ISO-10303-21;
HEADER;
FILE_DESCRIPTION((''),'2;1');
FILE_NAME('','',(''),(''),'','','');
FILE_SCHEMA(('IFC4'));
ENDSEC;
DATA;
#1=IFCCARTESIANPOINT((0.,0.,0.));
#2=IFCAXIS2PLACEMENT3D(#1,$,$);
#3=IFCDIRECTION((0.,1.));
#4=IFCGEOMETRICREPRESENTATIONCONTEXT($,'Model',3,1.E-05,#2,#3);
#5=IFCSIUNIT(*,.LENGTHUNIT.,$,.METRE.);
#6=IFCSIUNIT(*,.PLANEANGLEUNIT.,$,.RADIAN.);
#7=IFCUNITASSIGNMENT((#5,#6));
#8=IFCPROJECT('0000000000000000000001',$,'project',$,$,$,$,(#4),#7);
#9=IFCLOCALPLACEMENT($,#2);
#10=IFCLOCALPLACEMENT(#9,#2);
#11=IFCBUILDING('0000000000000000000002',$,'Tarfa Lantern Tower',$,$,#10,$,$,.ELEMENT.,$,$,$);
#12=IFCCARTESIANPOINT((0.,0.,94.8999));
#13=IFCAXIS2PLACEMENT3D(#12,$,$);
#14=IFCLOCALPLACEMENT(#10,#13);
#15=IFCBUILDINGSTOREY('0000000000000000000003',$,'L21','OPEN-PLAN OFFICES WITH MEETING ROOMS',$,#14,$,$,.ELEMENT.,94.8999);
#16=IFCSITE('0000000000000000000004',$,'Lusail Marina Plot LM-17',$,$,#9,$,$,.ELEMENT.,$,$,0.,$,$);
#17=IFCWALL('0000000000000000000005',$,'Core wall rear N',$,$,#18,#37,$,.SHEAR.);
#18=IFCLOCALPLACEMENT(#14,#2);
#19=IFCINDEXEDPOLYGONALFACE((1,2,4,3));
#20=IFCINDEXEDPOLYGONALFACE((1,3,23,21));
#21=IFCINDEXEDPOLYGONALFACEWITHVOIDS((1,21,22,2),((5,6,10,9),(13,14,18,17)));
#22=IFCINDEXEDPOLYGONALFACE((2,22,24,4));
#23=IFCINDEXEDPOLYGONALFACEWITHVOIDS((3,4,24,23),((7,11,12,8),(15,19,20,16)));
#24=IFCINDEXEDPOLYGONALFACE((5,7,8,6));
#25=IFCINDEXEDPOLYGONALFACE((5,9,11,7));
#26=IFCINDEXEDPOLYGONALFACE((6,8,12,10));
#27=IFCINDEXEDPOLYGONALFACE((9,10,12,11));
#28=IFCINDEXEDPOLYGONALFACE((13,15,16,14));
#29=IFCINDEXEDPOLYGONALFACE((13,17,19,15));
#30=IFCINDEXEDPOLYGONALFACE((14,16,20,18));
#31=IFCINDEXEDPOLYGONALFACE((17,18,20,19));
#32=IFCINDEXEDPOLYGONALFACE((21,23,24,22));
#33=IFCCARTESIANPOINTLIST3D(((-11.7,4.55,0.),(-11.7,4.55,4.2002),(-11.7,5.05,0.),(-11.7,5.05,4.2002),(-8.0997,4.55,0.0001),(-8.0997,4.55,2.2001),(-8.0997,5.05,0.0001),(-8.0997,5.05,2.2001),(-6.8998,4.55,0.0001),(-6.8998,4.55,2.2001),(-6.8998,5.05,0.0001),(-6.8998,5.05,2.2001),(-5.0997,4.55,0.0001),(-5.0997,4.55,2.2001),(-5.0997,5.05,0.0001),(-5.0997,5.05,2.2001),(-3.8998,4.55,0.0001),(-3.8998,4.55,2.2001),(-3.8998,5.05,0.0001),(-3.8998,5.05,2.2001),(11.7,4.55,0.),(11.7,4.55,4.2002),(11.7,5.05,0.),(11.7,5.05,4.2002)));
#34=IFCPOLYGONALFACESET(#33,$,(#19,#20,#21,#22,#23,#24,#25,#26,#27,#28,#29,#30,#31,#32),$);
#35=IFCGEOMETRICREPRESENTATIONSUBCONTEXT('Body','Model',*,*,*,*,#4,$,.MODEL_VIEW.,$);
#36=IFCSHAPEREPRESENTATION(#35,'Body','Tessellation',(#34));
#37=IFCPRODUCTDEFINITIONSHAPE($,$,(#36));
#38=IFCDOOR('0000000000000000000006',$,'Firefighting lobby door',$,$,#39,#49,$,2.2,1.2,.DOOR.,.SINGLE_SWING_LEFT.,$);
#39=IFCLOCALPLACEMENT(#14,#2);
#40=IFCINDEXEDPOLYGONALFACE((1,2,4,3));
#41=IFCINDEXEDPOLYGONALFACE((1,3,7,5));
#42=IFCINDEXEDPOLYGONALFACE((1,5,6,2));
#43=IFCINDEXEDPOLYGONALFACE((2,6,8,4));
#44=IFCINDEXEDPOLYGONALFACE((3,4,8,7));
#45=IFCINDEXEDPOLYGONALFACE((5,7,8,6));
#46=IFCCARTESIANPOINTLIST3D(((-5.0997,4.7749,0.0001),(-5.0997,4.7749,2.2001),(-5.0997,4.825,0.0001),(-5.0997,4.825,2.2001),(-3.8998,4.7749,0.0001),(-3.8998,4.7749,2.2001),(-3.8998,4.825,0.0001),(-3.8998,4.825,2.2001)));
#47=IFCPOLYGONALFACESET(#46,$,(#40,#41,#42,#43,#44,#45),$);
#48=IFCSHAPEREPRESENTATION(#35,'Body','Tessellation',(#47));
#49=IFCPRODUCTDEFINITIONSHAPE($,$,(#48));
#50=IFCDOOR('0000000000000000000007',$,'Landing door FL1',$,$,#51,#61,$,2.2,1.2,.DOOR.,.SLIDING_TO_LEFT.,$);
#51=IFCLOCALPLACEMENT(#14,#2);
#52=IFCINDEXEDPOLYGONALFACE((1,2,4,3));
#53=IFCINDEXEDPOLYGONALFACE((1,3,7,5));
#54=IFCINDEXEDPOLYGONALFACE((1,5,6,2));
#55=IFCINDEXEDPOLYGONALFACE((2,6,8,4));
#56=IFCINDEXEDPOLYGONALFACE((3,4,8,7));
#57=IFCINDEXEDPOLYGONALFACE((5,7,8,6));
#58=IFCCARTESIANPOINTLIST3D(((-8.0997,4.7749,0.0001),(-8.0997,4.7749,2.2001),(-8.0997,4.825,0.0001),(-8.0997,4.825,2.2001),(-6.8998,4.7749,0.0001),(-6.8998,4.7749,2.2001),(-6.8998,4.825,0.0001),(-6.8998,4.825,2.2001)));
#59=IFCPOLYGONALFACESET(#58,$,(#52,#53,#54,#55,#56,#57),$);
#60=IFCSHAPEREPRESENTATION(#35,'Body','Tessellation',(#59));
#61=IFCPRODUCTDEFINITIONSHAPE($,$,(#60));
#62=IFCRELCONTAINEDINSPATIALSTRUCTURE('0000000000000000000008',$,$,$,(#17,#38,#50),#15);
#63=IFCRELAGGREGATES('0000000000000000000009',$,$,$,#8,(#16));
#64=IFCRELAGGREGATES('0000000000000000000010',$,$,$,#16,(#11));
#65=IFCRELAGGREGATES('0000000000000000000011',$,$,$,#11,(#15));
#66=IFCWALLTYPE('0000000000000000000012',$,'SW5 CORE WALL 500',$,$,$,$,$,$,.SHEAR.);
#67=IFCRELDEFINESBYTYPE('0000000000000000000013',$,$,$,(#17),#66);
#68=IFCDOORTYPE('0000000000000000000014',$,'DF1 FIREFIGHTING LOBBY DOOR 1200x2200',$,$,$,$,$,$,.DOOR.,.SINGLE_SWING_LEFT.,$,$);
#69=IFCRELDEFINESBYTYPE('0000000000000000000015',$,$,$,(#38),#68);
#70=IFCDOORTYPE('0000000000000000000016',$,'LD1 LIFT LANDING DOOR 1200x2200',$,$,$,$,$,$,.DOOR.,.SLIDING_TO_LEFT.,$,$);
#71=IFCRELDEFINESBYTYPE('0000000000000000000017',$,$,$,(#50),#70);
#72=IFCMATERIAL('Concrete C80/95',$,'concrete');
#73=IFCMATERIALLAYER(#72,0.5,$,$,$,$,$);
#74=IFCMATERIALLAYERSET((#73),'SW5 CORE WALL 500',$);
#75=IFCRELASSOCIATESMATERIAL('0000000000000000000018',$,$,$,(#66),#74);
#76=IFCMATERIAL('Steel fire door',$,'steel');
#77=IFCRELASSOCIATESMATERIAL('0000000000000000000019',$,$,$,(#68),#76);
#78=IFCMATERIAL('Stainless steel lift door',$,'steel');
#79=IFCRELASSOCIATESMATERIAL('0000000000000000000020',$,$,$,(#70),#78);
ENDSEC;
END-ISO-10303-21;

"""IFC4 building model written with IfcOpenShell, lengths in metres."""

from ifc_helpers import new_model, si_unit, direction, frame, frame_2d, origin, place, context, subcontext, project, spatial, rectangle, extrude, material, layer, layer_set, type_object, element, fill, save


model = new_model("IFC4")

# Units and contexts
model_context = context("Model", 3, precision=1e-05, world=origin(), true_north=direction((0.0, 1.0)))
body_context = subcontext(model_context, "Body", "Model", "MODEL_VIEW")
ifc_project = project(units=[si_unit("LENGTHUNIT", "METRE"), si_unit("PLANEANGLEUNIT", "RADIAN")], contexts=[model_context])

# Site, building, storey
site_placement = place(None, origin())
site = spatial("IfcSite", under=ifc_project, at=site_placement, Name="Lusail Marina Plot LM-17", CompositionType="ELEMENT", RefElevation=0.0)
building_placement = place(site_placement, origin())
building = spatial("IfcBuilding", under=site, at=building_placement, Name="Tarfa Lantern Tower", CompositionType="ELEMENT")
storey_placement = place(building_placement, frame((0.0, 0.0, 94.8999)))
storey = spatial("IfcBuildingStorey", under=building, at=storey_placement, Name="L21", Description="OPEN-PLAN OFFICES WITH MEETING ROOMS", CompositionType="ELEMENT", Elevation=94.8999)

# Shared definitions
ifc_material_1 = material(Name="Concrete C80/95", Category="concrete")
ifc_material_2 = material(Name="Steel fire door", Category="steel")

# Shared definitions
ifc_layer_1 = layer(ifc_material_1, 0.5)
ifc_layer_set_1 = layer_set([ifc_layer_1], Name="SW5 CORE WALL 500")
wall_type_1 = type_object("IfcWallType", Name="SW5 CORE WALL 500", PredefinedType="SHEAR", material=ifc_layer_set_1)

# Wall, openings, doors
wall_1_placement = place(storey_placement, frame((-11.7, 4.8, 0.0), z_axis=(0.0, 0.0, 1.0), x_axis=(1.0, 0.0, 0.0)))
wall_1 = element("IfcWall", 1, at=wall_1_placement, inside=storey, type_object=wall_type_1, Name="Core wall rear N", PredefinedType="SHEAR", context=body_context, shape_type="SweptSolid", body=[
    extrude(rectangle(XDim=23.3999, YDim=0.5, at=frame_2d((11.7, 0.0))), origin(), (0.0, 0.0, 1.0), 4.2002),
])
opening_1_placement = place(wall_1_placement, frame((6.6001, 0.0, 0.0)))
opening_1 = element("IfcOpeningElement", 2, at=opening_1_placement, cuts=wall_1, PredefinedType="OPENING", context=body_context, shape_type="SweptSolid", body=[
    extrude(rectangle(XDim=1.2, YDim=2.2, at=frame_2d((0.6001, 1.1001))), frame((0.0, 0.26, 0.0), z_axis=(0.0, -1.0, 0.0), x_axis=(1.0, 0.0, 0.0)), (0.0, 0.0, 1.0), 0.52),
])
opening_2_placement = place(wall_1_placement, frame((3.6001, 0.0, 0.0)))
opening_2 = element("IfcOpeningElement", 3, at=opening_2_placement, cuts=wall_1, PredefinedType="OPENING", context=body_context, shape_type="SweptSolid", body=[
    extrude(rectangle(XDim=1.2, YDim=2.2, at=frame_2d((0.6001, 1.1001))), frame((0.0, 0.26, 0.0), z_axis=(0.0, -1.0, 0.0), x_axis=(1.0, 0.0, 0.0)), (0.0, 0.0, 1.0), 0.52),
])
door_type_1 = type_object("IfcDoorType", Name="DF1 FIREFIGHTING LOBBY DOOR 1200x2200", OperationType="SINGLE_SWING_LEFT", PredefinedType="DOOR", material=ifc_material_2)
door_1_placement = place(opening_1_placement, origin())
door_1 = element("IfcDoor", 4, at=door_1_placement, inside=storey, type_object=door_type_1, Name="Firefighting lobby door", OperationType="SINGLE_SWING_LEFT", OverallHeight=2.2, OverallWidth=1.2, PredefinedType="DOOR", context=body_context, shape_type="SweptSolid", body=[
    extrude(rectangle(XDim=1.2, YDim=2.2, at=frame_2d((0.6001, 1.1001))), frame((0.0, 0.0249, 0.0), z_axis=(0.0, -1.0, 0.0), x_axis=(1.0, 0.0, 0.0)), (0.0, 0.0, 1.0), 0.05),
])
fill(opening_1, door_1)
ifc_material_3 = material(Name="Stainless steel lift door", Category="steel")
door_type_2 = type_object("IfcDoorType", Name="LD1 LIFT LANDING DOOR 1200x2200", OperationType="SLIDING_TO_LEFT", PredefinedType="DOOR", material=ifc_material_3)
door_2_placement = place(opening_2_placement, origin())
door_2 = element("IfcDoor", 5, at=door_2_placement, inside=storey, type_object=door_type_2, Name="Landing door FL1", OperationType="SLIDING_TO_LEFT", OverallHeight=2.2, OverallWidth=1.2, PredefinedType="DOOR", context=body_context, shape_type="SweptSolid", body=[
    extrude(rectangle(XDim=1.2, YDim=2.2, at=frame_2d((0.6001, 1.1001))), frame((0.0, 0.0249, 0.0), z_axis=(0.0, -1.0, 0.0), x_axis=(1.0, 0.0, 0.0)), (0.0, 0.0, 1.0), 0.05),
])
fill(opening_2, door_2)

save(model, "model.ifc")
